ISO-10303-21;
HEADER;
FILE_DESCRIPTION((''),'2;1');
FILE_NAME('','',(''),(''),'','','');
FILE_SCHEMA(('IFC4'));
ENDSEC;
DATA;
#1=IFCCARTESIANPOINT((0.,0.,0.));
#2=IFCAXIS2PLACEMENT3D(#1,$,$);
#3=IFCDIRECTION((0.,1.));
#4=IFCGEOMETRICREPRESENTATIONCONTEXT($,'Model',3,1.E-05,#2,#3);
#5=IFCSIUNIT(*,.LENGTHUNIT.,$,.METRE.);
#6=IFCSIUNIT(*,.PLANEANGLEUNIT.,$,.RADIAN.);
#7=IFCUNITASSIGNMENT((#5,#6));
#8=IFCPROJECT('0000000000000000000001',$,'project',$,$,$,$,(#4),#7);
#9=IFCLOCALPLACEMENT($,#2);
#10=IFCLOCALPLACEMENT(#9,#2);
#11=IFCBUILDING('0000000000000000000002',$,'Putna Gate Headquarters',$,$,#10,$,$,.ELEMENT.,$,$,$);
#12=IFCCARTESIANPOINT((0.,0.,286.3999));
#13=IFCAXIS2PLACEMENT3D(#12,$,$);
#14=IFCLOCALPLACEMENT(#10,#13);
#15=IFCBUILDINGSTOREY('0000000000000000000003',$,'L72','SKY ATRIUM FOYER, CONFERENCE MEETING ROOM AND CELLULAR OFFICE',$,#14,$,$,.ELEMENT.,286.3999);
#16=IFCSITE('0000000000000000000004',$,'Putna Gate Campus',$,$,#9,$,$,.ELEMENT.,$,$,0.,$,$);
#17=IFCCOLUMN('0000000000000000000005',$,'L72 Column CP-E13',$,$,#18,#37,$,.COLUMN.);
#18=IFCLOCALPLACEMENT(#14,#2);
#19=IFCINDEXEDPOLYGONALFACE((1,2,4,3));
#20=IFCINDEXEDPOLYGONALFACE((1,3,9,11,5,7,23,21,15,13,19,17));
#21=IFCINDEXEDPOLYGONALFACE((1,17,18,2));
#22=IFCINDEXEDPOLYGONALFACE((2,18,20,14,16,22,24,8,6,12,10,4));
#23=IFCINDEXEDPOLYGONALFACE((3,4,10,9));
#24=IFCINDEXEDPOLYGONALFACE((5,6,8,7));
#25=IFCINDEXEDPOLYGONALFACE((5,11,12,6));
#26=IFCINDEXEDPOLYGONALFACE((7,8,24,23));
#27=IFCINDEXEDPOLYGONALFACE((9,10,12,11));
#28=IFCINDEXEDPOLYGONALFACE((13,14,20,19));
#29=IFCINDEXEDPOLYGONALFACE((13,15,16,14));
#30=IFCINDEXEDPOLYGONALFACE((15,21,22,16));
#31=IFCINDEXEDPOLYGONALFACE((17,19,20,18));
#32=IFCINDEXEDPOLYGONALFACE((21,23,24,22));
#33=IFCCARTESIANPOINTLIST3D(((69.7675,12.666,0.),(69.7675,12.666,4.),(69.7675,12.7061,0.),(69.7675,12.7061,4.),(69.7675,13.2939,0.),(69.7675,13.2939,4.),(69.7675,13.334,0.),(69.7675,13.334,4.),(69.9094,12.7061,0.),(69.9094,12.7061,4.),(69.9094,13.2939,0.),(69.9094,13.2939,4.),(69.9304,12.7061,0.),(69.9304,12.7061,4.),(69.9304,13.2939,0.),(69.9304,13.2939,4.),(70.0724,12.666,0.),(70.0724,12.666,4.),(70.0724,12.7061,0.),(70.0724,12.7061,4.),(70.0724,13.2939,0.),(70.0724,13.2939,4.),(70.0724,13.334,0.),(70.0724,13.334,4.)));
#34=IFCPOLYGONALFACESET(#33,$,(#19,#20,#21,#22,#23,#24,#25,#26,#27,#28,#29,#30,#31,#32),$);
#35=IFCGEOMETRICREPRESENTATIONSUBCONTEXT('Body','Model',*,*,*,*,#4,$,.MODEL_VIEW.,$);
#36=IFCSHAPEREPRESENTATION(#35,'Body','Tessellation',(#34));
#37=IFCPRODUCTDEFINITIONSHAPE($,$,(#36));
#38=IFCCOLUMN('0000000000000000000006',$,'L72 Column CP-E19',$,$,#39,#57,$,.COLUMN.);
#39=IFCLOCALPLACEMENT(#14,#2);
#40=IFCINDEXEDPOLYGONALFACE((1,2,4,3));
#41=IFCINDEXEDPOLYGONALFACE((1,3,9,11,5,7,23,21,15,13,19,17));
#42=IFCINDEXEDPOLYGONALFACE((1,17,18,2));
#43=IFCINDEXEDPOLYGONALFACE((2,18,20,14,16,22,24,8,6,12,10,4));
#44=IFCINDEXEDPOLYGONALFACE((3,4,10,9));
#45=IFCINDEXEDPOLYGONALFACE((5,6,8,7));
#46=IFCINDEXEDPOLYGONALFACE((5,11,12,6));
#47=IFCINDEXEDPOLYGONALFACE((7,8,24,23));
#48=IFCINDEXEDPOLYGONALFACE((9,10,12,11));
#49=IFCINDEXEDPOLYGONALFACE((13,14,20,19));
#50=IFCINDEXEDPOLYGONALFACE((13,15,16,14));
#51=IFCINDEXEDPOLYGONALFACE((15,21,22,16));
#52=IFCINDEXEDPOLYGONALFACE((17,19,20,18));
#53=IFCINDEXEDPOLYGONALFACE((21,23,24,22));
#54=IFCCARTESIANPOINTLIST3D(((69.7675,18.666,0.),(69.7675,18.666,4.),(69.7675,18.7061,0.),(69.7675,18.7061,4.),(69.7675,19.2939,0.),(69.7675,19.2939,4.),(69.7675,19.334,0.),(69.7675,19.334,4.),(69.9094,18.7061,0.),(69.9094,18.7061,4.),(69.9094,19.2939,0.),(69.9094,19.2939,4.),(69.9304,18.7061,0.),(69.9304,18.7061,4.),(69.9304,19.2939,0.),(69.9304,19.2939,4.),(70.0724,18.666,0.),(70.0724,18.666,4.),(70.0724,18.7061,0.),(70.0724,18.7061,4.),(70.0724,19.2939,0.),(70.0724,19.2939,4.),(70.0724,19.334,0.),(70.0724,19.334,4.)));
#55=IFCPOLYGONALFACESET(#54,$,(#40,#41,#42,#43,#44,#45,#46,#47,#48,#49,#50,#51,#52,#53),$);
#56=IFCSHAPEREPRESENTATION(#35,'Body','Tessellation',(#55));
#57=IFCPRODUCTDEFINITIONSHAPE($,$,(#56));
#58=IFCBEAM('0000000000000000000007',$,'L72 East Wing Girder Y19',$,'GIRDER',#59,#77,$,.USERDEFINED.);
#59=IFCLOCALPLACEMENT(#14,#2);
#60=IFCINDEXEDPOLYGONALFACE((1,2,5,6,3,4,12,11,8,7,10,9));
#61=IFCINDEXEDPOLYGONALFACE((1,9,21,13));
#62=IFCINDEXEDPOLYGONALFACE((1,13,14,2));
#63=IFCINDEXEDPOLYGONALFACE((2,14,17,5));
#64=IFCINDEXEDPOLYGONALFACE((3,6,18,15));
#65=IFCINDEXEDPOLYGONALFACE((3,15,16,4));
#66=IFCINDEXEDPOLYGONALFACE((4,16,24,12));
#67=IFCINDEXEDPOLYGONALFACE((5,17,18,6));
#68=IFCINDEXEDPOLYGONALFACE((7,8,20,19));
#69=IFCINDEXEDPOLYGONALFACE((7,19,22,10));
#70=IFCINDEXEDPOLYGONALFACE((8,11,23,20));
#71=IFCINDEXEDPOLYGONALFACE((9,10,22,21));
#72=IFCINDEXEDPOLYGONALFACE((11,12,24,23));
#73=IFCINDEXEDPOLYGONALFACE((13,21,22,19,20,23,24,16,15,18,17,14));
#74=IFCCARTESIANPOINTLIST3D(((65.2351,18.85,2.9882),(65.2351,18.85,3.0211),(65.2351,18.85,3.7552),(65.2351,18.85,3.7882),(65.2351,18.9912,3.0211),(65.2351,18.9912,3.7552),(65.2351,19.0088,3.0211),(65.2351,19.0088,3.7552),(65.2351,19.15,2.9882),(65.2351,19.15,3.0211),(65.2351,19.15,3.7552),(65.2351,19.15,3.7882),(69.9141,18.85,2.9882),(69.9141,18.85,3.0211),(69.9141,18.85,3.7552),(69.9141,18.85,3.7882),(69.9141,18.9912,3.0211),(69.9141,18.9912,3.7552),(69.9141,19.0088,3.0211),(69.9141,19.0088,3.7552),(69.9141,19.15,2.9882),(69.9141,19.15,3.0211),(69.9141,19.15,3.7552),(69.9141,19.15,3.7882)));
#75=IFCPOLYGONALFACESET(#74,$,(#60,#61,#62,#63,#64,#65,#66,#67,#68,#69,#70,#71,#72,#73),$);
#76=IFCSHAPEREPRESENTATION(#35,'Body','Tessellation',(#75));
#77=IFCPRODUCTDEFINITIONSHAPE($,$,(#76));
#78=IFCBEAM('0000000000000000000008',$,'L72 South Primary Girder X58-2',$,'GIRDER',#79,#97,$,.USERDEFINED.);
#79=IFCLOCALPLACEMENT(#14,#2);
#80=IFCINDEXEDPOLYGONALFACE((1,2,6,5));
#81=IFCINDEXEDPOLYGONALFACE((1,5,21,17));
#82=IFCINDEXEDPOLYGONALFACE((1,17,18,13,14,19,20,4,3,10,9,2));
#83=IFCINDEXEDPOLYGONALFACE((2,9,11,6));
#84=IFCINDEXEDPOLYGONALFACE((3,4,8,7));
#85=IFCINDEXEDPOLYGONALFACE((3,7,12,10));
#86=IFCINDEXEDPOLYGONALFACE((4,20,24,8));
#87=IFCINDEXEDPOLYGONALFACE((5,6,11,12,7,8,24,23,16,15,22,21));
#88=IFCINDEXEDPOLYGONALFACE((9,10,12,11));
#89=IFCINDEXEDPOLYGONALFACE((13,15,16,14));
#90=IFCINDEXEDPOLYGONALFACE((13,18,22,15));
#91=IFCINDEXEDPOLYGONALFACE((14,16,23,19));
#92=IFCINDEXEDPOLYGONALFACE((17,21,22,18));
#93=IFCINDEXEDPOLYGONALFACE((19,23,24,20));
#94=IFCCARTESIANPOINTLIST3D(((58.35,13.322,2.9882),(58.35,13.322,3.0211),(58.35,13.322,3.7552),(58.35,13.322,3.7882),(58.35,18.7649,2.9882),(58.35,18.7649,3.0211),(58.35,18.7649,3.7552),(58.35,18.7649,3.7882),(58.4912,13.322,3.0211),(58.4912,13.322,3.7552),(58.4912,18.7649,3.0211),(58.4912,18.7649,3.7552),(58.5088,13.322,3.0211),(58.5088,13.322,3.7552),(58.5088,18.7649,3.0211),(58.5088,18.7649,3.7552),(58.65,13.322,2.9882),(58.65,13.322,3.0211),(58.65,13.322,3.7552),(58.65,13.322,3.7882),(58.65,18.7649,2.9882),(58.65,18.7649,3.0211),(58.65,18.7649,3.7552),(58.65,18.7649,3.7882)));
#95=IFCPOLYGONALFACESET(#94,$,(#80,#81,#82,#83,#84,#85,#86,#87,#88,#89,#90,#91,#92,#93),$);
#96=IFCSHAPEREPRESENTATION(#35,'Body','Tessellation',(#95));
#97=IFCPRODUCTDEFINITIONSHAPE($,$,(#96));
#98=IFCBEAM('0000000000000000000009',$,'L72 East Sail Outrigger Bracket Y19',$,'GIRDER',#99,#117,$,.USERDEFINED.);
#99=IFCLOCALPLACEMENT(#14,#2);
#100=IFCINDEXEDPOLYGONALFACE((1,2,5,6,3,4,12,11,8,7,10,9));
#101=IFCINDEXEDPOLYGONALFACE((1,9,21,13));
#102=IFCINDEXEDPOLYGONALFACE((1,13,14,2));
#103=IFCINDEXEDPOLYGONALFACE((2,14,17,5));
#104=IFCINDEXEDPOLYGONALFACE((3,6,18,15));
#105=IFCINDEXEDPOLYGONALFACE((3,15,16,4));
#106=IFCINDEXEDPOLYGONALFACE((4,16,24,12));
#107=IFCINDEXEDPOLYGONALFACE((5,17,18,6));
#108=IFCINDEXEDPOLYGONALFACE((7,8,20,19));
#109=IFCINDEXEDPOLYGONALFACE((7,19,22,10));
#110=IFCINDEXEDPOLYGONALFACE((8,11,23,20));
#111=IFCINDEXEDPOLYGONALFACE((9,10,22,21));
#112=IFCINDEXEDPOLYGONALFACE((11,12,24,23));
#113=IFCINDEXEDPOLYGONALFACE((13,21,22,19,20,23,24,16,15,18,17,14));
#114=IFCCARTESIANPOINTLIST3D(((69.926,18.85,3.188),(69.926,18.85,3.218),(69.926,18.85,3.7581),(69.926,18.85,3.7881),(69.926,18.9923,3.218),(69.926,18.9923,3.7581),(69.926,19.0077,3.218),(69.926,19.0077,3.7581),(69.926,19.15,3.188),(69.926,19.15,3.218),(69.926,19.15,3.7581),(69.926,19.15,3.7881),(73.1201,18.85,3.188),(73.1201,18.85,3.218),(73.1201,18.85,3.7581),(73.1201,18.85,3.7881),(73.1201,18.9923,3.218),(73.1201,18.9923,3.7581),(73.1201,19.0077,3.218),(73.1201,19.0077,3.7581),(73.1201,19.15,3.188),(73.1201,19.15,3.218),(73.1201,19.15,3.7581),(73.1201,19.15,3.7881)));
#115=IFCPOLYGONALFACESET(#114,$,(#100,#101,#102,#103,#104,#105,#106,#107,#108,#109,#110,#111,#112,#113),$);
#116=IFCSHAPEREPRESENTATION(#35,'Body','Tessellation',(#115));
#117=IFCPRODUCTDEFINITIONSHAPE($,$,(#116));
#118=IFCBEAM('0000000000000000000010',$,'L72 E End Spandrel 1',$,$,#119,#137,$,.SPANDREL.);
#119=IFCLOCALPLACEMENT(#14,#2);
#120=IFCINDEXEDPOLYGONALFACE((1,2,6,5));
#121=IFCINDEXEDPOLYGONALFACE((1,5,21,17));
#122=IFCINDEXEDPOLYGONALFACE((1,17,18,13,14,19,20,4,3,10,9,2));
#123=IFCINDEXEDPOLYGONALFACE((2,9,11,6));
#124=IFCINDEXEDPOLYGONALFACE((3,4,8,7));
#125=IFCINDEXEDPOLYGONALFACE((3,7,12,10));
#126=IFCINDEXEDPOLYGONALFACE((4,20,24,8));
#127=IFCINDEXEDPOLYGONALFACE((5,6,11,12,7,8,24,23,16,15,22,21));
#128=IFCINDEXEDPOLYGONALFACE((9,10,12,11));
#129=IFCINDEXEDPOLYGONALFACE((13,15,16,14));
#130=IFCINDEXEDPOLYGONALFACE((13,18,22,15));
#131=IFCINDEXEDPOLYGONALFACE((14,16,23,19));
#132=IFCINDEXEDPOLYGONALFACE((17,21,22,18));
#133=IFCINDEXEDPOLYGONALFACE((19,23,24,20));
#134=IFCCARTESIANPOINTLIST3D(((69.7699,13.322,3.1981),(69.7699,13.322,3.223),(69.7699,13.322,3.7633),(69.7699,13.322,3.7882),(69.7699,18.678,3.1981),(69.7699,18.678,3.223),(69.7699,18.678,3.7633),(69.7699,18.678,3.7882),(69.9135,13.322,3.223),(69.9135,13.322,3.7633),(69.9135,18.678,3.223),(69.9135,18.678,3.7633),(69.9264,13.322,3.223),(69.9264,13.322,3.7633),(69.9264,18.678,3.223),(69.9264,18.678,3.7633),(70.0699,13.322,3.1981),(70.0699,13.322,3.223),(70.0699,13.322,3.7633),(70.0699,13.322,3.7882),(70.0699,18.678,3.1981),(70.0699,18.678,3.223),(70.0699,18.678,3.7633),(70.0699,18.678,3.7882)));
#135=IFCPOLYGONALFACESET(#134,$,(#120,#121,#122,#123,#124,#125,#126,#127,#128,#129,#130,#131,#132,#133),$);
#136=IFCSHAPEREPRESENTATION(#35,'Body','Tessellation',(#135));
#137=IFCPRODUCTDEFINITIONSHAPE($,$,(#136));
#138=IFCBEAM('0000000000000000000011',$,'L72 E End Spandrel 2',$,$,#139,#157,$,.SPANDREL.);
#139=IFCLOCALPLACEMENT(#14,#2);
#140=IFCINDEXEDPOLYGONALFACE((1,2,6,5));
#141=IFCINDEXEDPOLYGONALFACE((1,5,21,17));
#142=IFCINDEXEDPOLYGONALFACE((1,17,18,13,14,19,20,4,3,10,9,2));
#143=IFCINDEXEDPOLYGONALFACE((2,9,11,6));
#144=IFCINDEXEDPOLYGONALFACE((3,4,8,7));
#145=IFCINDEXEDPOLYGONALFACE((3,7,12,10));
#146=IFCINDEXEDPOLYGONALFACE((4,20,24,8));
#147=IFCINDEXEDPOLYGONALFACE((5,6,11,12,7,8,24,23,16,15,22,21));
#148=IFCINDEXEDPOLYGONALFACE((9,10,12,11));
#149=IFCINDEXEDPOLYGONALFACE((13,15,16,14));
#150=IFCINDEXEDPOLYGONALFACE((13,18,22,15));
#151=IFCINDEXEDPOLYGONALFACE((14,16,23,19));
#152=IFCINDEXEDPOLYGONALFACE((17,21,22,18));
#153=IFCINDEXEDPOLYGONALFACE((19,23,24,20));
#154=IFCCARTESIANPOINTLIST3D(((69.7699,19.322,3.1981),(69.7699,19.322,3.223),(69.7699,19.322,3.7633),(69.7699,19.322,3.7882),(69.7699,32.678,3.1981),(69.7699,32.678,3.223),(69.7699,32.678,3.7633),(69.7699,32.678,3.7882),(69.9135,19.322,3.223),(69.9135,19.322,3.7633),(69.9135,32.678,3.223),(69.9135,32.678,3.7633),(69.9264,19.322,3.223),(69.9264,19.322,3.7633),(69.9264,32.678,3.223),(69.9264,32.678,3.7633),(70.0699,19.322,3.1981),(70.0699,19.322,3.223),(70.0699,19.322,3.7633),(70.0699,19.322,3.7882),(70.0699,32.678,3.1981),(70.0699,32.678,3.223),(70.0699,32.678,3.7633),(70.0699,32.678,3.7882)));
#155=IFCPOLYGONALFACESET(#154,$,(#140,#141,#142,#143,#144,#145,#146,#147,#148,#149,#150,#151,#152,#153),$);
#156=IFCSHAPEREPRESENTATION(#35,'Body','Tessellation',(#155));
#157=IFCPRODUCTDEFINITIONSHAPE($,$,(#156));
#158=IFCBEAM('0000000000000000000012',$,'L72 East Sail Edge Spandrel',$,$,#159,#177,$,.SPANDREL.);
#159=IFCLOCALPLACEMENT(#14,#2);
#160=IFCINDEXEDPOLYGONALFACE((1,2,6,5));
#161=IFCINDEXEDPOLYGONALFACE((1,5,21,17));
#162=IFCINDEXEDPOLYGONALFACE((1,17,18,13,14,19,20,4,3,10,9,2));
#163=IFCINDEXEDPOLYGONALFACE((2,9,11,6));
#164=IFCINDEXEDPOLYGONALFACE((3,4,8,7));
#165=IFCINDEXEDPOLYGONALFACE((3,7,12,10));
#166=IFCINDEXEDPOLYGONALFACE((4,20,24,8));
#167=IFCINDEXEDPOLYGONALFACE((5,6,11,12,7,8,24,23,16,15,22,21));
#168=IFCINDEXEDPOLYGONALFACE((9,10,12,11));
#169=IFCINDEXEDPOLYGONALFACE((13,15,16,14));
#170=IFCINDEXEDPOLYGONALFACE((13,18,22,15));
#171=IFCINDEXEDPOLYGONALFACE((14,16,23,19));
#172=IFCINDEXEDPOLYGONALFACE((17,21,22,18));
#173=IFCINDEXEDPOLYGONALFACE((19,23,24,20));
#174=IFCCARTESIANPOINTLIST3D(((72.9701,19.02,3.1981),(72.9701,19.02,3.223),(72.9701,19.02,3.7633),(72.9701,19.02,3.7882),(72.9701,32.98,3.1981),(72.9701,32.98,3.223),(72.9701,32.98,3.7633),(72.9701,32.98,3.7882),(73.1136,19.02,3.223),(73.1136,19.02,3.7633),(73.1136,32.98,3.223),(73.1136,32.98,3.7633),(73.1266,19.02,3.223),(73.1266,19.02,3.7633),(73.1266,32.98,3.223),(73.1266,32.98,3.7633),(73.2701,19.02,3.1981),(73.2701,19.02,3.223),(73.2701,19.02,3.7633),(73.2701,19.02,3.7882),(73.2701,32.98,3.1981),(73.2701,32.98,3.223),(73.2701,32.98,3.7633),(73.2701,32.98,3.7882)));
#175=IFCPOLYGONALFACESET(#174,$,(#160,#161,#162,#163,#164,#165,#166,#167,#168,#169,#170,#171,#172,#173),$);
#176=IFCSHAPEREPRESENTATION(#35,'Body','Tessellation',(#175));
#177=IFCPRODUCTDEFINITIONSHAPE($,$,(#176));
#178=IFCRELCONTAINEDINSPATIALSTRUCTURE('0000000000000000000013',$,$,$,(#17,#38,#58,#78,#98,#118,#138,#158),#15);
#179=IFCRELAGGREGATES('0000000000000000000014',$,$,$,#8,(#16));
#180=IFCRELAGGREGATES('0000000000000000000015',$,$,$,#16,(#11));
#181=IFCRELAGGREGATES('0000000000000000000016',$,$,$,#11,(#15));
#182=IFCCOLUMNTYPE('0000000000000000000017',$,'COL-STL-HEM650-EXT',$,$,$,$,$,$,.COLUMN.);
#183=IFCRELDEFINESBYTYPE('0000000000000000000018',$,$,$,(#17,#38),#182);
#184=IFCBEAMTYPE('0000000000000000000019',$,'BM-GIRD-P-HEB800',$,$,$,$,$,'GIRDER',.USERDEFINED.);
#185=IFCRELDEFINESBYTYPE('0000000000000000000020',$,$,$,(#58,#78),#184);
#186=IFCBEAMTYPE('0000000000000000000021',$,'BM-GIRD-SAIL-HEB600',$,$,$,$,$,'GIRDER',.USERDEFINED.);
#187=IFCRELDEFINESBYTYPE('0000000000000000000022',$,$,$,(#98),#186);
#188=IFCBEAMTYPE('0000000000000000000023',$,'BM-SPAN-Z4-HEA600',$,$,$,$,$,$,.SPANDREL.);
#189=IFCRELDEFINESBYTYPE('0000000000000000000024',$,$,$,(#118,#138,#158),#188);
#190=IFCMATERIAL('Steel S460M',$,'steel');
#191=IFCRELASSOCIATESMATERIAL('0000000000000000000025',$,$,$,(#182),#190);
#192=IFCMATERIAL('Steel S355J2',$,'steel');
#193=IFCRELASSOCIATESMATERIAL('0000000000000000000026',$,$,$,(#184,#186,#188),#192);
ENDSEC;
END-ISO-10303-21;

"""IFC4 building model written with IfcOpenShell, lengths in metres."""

from ifc_helpers import new_model, si_unit, direction, frame, origin, origin_2d, place, context, subcontext, project, spatial, i_section, extrude, material, material_profile, profile_set, type_object, element, save


model = new_model("IFC4")

# Units and contexts
model_context = context("Model", 3, precision=1e-05, world=origin(), true_north=direction((0.0, 1.0)))
body_context = subcontext(model_context, "Body", "Model", "MODEL_VIEW")
ifc_project = project(units=[si_unit("LENGTHUNIT", "METRE"), si_unit("PLANEANGLEUNIT", "RADIAN")], contexts=[model_context])

# Site, building, storey
site_placement = place(None, origin())
site = spatial("IfcSite", under=ifc_project, at=site_placement, Name="Putna Gate Campus", CompositionType="ELEMENT", RefElevation=0.0)
building_placement = place(site_placement, origin())
building = spatial("IfcBuilding", under=site, at=building_placement, Name="Putna Gate Headquarters", CompositionType="ELEMENT")
storey_placement = place(building_placement, frame((0.0, 0.0, 286.3999)))
storey = spatial("IfcBuildingStorey", under=building, at=storey_placement, Name="L72", Description="SKY ATRIUM FOYER, CONFERENCE MEETING ROOM AND CELLULAR OFFICE", CompositionType="ELEMENT", Elevation=286.3999)

# Columns
ifc_material_1 = material(Name="Steel S460M", Category="steel")
ifc_material_profile_1 = material_profile(ifc_material_1, i_section(OverallWidth=0.3049, OverallDepth=0.668, WebThickness=0.021, FlangeThickness=0.04, at=origin_2d()), Name="Steel S460M")
ifc_profile_set_1 = profile_set([ifc_material_profile_1], Name="Steel S460M")
column_type = type_object("IfcColumnType", Name="COL-STL-HEM650-EXT", PredefinedType="COLUMN", material=ifc_profile_set_1)
for number, where, z_axis, x_axis, name in (
    (1, (69.9199, 13.0, 0.0), (0.0, 0.0, 1.0), (1.0, 0.0, 0.0), "L72 Column CP-E13"),
    (2, (69.9199, 19.0, 0.0), (0.0, 0.0, 1.0), (1.0, 0.0, 0.0), "L72 Column CP-E19"),
):
    element("IfcColumn", number, at=place(storey_placement, frame(where, z_axis=z_axis, x_axis=x_axis)), inside=storey, type_object=column_type, Name=name, PredefinedType="COLUMN", context=body_context, shape_type="SweptSolid", body=[
        extrude(i_section(OverallWidth=0.3049, OverallDepth=0.668, WebThickness=0.021, FlangeThickness=0.04, at=origin_2d()), origin(), (0.0, 0.0, 1.0), 4.0),
    ])

# Beams
ifc_material_2 = material(Name="Steel S355J2", Category="steel")
ifc_material_profile_2 = material_profile(ifc_material_2, i_section(OverallWidth=0.3, OverallDepth=0.8, WebThickness=0.0176, FlangeThickness=0.033, at=origin_2d()), Name="Steel S355J2")
ifc_profile_set_2 = profile_set([ifc_material_profile_2], Name="Steel S355J2")
beam_type_1 = type_object("IfcBeamType", Name="BM-GIRD-P-HEB800", ElementType="GIRDER", PredefinedType="USERDEFINED", material=ifc_profile_set_2)
beam_1_placement = place(storey_placement, frame((65.2351, 19.0, 3.3882), z_axis=(1.0, 0.0, 0.0), x_axis=(0.0, 1.0, 0.0)))
element("IfcBeam", 3, at=beam_1_placement, inside=storey, type_object=beam_type_1, Name="L72 East Wing Girder Y19", ObjectType="GIRDER", PredefinedType="USERDEFINED", context=body_context, shape_type="SweptSolid", body=[
    extrude(i_section(OverallWidth=0.3, OverallDepth=0.8, WebThickness=0.0176, FlangeThickness=0.033, at=origin_2d()), origin(), (0.0, 0.0, 1.0), 4.679),
])
beam_2_placement = place(storey_placement, frame((58.5, 13.322, 3.3882), z_axis=(0.0, 1.0, 0.0), x_axis=(-1.0, 0.0, 0.0)))
element("IfcBeam", 4, at=beam_2_placement, inside=storey, type_object=beam_type_1, Name="L72 South Primary Girder X58-2", ObjectType="GIRDER", PredefinedType="USERDEFINED", context=body_context, shape_type="SweptSolid", body=[
    extrude(i_section(OverallWidth=0.3, OverallDepth=0.8, WebThickness=0.0176, FlangeThickness=0.033, at=origin_2d()), origin(), (0.0, 0.0, 1.0), 5.4429),
])
ifc_material_profile_3 = material_profile(ifc_material_2, i_section(OverallWidth=0.3, OverallDepth=0.6001, WebThickness=0.0154, FlangeThickness=0.03, at=origin_2d()), Name="Steel S355J2")
ifc_profile_set_3 = profile_set([ifc_material_profile_3], Name="Steel S355J2")
beam_type_2 = type_object("IfcBeamType", Name="BM-GIRD-SAIL-HEB600", ElementType="GIRDER", PredefinedType="USERDEFINED", material=ifc_profile_set_3)
beam_3_placement = place(storey_placement, frame((69.926, 19.0, 3.488), z_axis=(1.0, 0.0, 0.0), x_axis=(0.0, 1.0, 0.0)))
element("IfcBeam", 5, at=beam_3_placement, inside=storey, type_object=beam_type_2, Name="L72 East Sail Outrigger Bracket Y19", ObjectType="GIRDER", PredefinedType="USERDEFINED", context=body_context, shape_type="SweptSolid", body=[
    extrude(i_section(OverallWidth=0.3, OverallDepth=0.6001, WebThickness=0.0154, FlangeThickness=0.03, at=origin_2d()), origin(), (0.0, 0.0, 1.0), 3.1941),
])
ifc_material_profile_4 = material_profile(ifc_material_2, i_section(OverallWidth=0.3, OverallDepth=0.5901, WebThickness=0.0129, FlangeThickness=0.0249, at=origin_2d()), Name="Steel S355J2")
ifc_profile_set_4 = profile_set([ifc_material_profile_4], Name="Steel S355J2")
beam_type_3 = type_object("IfcBeamType", Name="BM-SPAN-Z4-HEA600", PredefinedType="SPANDREL", material=ifc_profile_set_4)
beam_4_placement = place(storey_placement, frame((69.9199, 13.322, 3.4932), z_axis=(0.0, 1.0, 0.0), x_axis=(-1.0, 0.0, 0.0)))
element("IfcBeam", 6, at=beam_4_placement, inside=storey, type_object=beam_type_3, Name="L72 E End Spandrel 1", PredefinedType="SPANDREL", context=body_context, shape_type="SweptSolid", body=[
    extrude(i_section(OverallWidth=0.3, OverallDepth=0.5901, WebThickness=0.0129, FlangeThickness=0.0249, at=origin_2d()), origin(), (0.0, 0.0, 1.0), 5.356),
])
beam_5_placement = place(storey_placement, frame((69.9199, 19.322, 3.4932), z_axis=(0.0, 1.0, 0.0), x_axis=(-1.0, 0.0, 0.0)))
element("IfcBeam", 7, at=beam_5_placement, inside=storey, type_object=beam_type_3, Name="L72 E End Spandrel 2", PredefinedType="SPANDREL", context=body_context, shape_type="SweptSolid", body=[
    extrude(i_section(OverallWidth=0.3, OverallDepth=0.5901, WebThickness=0.0129, FlangeThickness=0.0249, at=origin_2d()), origin(), (0.0, 0.0, 1.0), 13.356),
])
beam_6_placement = place(storey_placement, frame((73.1201, 19.02, 3.4932), z_axis=(0.0, 1.0, 0.0), x_axis=(-1.0, 0.0, 0.0)))
element("IfcBeam", 8, at=beam_6_placement, inside=storey, type_object=beam_type_3, Name="L72 East Sail Edge Spandrel", PredefinedType="SPANDREL", context=body_context, shape_type="SweptSolid", body=[
    extrude(i_section(OverallWidth=0.3, OverallDepth=0.5901, WebThickness=0.0129, FlangeThickness=0.0249, at=origin_2d()), origin(), (0.0, 0.0, 1.0), 13.96),
])

save(model, "model.ifc")
